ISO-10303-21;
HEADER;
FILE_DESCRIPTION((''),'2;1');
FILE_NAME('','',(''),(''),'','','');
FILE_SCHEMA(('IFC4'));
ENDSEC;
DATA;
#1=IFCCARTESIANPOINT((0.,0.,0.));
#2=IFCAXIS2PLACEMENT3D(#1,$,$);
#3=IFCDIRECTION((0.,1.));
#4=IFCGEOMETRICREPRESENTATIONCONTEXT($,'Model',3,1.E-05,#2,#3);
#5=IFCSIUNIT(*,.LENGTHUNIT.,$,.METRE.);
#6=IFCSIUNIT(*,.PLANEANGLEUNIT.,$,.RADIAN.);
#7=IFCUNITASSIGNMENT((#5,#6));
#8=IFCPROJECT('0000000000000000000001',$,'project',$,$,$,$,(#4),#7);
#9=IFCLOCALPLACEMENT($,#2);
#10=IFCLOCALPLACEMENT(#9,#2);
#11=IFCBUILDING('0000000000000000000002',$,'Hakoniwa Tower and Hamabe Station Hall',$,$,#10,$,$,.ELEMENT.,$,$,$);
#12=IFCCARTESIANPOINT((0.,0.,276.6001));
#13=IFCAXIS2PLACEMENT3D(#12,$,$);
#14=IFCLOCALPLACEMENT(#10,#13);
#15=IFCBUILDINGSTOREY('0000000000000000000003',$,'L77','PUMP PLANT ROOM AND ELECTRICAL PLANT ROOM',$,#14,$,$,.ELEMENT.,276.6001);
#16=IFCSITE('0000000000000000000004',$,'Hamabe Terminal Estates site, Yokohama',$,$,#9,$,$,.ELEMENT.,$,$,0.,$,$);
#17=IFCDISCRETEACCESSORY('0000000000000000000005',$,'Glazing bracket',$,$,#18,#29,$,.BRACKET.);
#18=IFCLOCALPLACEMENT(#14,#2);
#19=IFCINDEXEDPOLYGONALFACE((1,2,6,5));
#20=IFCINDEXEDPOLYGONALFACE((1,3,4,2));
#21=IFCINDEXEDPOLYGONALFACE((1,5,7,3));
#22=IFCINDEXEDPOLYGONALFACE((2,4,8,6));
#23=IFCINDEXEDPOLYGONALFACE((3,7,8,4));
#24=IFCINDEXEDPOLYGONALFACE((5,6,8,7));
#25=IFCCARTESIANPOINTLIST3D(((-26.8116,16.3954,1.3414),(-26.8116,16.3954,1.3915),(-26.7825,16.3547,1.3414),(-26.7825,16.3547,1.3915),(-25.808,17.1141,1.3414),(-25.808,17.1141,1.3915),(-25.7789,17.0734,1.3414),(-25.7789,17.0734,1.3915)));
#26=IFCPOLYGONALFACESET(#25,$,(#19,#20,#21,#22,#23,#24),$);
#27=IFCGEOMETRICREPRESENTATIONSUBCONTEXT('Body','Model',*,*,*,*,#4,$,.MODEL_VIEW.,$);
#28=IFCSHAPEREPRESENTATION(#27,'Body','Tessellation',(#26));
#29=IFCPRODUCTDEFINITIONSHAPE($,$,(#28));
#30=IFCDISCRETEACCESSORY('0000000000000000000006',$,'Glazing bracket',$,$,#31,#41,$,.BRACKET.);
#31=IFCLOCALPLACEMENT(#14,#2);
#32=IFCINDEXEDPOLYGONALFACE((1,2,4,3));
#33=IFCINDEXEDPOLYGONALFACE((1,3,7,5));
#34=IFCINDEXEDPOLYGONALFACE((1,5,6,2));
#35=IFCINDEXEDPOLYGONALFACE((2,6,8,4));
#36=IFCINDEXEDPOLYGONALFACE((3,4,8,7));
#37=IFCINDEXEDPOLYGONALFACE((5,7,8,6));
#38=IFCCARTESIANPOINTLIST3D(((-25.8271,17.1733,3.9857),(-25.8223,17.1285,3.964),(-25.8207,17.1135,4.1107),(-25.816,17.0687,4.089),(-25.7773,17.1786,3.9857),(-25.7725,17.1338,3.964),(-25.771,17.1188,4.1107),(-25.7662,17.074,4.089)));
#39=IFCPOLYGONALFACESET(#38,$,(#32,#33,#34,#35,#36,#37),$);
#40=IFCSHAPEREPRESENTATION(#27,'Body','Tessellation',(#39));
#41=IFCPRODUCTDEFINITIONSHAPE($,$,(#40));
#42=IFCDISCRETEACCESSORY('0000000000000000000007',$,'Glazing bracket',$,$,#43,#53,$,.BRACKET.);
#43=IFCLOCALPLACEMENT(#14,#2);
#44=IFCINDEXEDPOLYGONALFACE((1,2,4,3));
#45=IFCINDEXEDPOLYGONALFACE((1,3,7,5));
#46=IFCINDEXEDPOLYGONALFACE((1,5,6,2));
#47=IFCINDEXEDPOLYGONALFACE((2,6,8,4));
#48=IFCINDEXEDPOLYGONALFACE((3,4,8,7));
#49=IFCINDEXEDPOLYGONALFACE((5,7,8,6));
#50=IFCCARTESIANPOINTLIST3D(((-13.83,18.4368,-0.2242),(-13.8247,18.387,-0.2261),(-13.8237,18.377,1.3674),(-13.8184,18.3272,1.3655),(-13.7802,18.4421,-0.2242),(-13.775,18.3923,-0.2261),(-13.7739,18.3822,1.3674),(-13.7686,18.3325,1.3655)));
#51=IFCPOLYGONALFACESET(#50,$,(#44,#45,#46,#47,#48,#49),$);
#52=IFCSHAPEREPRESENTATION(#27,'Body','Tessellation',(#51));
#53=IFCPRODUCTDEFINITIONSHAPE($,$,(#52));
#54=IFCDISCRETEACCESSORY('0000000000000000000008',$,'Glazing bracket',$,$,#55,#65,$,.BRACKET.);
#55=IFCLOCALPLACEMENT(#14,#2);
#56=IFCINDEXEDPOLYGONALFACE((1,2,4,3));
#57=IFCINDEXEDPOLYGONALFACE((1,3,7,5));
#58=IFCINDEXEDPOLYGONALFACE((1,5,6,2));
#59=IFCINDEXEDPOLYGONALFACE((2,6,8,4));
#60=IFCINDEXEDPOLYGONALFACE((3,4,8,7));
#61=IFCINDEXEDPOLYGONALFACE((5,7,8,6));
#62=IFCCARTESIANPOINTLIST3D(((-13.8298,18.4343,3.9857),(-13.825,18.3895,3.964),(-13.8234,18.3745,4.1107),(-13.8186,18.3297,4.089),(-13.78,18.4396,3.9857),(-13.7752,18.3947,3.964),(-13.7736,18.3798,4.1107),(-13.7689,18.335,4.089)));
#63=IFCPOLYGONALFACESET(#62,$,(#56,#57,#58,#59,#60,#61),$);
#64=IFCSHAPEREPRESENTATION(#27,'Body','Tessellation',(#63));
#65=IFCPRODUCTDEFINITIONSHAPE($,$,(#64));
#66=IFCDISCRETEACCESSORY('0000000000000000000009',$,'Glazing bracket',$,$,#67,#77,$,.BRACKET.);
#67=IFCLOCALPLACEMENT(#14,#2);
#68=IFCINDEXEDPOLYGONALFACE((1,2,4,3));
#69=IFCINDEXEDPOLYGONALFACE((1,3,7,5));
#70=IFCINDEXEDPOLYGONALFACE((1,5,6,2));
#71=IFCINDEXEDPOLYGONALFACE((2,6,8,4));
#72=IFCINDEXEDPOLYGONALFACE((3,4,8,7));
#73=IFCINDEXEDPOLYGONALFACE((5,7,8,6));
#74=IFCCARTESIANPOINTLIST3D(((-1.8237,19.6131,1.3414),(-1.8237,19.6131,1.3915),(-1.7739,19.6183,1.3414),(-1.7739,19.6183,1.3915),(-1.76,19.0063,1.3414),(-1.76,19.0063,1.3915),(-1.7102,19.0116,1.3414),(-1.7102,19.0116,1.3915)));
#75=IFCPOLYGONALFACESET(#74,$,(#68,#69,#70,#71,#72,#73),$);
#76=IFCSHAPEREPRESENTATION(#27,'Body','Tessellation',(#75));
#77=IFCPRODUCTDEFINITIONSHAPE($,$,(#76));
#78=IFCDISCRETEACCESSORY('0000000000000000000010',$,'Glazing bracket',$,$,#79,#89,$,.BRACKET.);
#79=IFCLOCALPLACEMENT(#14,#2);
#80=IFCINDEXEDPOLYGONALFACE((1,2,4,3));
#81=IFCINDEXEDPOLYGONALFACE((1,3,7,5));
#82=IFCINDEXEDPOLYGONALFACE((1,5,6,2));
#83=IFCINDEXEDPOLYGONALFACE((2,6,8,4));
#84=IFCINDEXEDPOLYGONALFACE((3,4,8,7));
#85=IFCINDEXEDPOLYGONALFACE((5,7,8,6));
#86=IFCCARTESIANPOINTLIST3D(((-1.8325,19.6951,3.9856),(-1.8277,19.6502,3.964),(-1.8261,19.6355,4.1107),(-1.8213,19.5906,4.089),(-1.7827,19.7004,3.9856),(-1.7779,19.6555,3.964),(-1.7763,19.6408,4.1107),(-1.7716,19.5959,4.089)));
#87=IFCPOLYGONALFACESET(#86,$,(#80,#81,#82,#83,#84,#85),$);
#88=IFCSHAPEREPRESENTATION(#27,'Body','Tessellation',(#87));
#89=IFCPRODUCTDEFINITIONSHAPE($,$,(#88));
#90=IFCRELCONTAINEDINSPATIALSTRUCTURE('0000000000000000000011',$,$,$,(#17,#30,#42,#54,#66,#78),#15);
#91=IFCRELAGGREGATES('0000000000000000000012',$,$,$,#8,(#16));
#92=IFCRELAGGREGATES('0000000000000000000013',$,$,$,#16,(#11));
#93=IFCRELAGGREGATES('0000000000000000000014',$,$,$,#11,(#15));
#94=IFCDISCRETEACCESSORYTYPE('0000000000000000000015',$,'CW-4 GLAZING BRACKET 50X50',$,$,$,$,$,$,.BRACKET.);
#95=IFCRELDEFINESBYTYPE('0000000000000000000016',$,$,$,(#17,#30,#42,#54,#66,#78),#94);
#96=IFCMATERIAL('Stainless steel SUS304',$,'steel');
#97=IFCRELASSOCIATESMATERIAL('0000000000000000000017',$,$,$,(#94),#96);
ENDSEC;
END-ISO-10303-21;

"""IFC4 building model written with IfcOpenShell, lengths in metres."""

from ifc_helpers import new_model, si_unit, direction, frame, origin, origin_2d, place, context, subcontext, project, spatial, rectangle, extrude, material, material_profile, profile_set, type_object, element, save


model = new_model("IFC4")

# Units and contexts
model_context = context("Model", 3, precision=1e-05, world=origin(), true_north=direction((0.0, 1.0)))
body_context = subcontext(model_context, "Body", "Model", "MODEL_VIEW")
ifc_project = project(units=[si_unit("LENGTHUNIT", "METRE"), si_unit("PLANEANGLEUNIT", "RADIAN")], contexts=[model_context])

# Site, building, storey
site_placement = place(None, origin())
site = spatial("IfcSite", under=ifc_project, at=site_placement, Name="Hamabe Terminal Estates site, Yokohama", CompositionType="ELEMENT", RefElevation=0.0)
building_placement = place(site_placement, origin())
building = spatial("IfcBuilding", under=site, at=building_placement, Name="Hakoniwa Tower and Hamabe Station Hall", CompositionType="ELEMENT")
storey_placement = place(building_placement, frame((0.0, 0.0, 276.6001)))
storey = spatial("IfcBuildingStorey", under=building, at=storey_placement, Name="L77", Description="PUMP PLANT ROOM AND ELECTRICAL PLANT ROOM", CompositionType="ELEMENT", Elevation=276.6001)

# Discrete accessories
ifc_material_1 = material(Name="Stainless steel SUS304", Category="steel")
ifc_material_profile_1 = material_profile(ifc_material_1, rectangle(XDim=0.05, YDim=0.05, at=origin_2d()), Name="CW-4 GLAZING BRACKET 50X50")
ifc_profile_set_1 = profile_set([ifc_material_profile_1], Name="Stainless steel SUS304")
discrete_accessory_type = type_object("IfcDiscreteAccessoryType", Name="CW-4 GLAZING BRACKET 50X50", PredefinedType="BRACKET", material=ifc_profile_set_1)
discrete_accessory_1_placement = place(storey_placement, frame((-25.7935, 17.0938, 1.3665), z_axis=(-0.813025, -0.582229, 0.0), x_axis=(0.582229, -0.813025, 0.0)))
element("IfcDiscreteAccessory", 1, at=discrete_accessory_1_placement, inside=storey, type_object=discrete_accessory_type, Name="Glazing bracket", PredefinedType="BRACKET", context=body_context, shape_type="SweptSolid", body=[
    extrude(rectangle(XDim=0.05, YDim=0.05, at=origin_2d()), origin(), (0.0, 0.0, 1.0), 1.2344),
])
discrete_accessory_2_placement = place(storey_placement, frame((-25.7935, 17.0938, 4.0999), z_axis=(-0.045759, 0.43119, -0.9011), x_axis=(-0.994416, -0.10553, 0.0)))
element("IfcDiscreteAccessory", 2, at=discrete_accessory_2_placement, inside=storey, type_object=discrete_accessory_type, Name="Glazing bracket", PredefinedType="BRACKET", context=body_context, shape_type="SweptSolid", body=[
    extrude(rectangle(XDim=0.05, YDim=0.05, at=origin_2d()), origin(), (0.0, 0.0, 1.0), 0.1387),
])
discrete_accessory_3_placement = place(storey_placement, frame((-13.7961, 18.3547, 1.3665), z_axis=(-0.003985, 0.037556, -0.999287), x_axis=(-0.994416, -0.10553, 0.0)))
element("IfcDiscreteAccessory", 3, at=discrete_accessory_3_placement, inside=storey, type_object=discrete_accessory_type, Name="Glazing bracket", PredefinedType="BRACKET", context=body_context, shape_type="SweptSolid", body=[
    extrude(rectangle(XDim=0.05, YDim=0.05, at=origin_2d()), origin(), (0.0, 0.0, 1.0), 1.5928),
])
discrete_accessory_4_placement = place(storey_placement, frame((-13.7961, 18.3547, 4.0999), z_axis=(-0.045759, 0.43119, -0.9011), x_axis=(-0.994416, -0.10553, 0.0)))
element("IfcDiscreteAccessory", 4, at=discrete_accessory_4_placement, inside=storey, type_object=discrete_accessory_type, Name="Glazing bracket", PredefinedType="BRACKET", context=body_context, shape_type="SweptSolid", body=[
    extrude(rectangle(XDim=0.05, YDim=0.05, at=origin_2d()), origin(), (0.0, 0.0, 1.0), 0.1387),
])
discrete_accessory_5_placement = place(storey_placement, frame((-1.7988, 19.6157, 1.3665), z_axis=(0.104456, -0.99453, 0.0), x_axis=(0.99453, 0.104456, 0.0)))
element("IfcDiscreteAccessory", 5, at=discrete_accessory_5_placement, inside=storey, type_object=discrete_accessory_type, Name="Glazing bracket", PredefinedType="BRACKET", context=body_context, shape_type="SweptSolid", body=[
    extrude(rectangle(XDim=0.05, YDim=0.05, at=origin_2d()), origin(), (0.0, 0.0, 1.0), 0.6101),
])
discrete_accessory_6_placement = place(storey_placement, frame((-1.7988, 19.6157, 4.0999), z_axis=(-0.045794, 0.429756, -0.901783), x_axis=(-0.994371, -0.105958, 0.0)))
element("IfcDiscreteAccessory", 6, at=discrete_accessory_6_placement, inside=storey, type_object=discrete_accessory_type, Name="Glazing bracket", PredefinedType="BRACKET", context=body_context, shape_type="SweptSolid", body=[
    extrude(rectangle(XDim=0.05, YDim=0.05, at=origin_2d()), origin(), (0.0, 0.0, 1.0), 0.1387),
])

save(model, "model.ifc")
